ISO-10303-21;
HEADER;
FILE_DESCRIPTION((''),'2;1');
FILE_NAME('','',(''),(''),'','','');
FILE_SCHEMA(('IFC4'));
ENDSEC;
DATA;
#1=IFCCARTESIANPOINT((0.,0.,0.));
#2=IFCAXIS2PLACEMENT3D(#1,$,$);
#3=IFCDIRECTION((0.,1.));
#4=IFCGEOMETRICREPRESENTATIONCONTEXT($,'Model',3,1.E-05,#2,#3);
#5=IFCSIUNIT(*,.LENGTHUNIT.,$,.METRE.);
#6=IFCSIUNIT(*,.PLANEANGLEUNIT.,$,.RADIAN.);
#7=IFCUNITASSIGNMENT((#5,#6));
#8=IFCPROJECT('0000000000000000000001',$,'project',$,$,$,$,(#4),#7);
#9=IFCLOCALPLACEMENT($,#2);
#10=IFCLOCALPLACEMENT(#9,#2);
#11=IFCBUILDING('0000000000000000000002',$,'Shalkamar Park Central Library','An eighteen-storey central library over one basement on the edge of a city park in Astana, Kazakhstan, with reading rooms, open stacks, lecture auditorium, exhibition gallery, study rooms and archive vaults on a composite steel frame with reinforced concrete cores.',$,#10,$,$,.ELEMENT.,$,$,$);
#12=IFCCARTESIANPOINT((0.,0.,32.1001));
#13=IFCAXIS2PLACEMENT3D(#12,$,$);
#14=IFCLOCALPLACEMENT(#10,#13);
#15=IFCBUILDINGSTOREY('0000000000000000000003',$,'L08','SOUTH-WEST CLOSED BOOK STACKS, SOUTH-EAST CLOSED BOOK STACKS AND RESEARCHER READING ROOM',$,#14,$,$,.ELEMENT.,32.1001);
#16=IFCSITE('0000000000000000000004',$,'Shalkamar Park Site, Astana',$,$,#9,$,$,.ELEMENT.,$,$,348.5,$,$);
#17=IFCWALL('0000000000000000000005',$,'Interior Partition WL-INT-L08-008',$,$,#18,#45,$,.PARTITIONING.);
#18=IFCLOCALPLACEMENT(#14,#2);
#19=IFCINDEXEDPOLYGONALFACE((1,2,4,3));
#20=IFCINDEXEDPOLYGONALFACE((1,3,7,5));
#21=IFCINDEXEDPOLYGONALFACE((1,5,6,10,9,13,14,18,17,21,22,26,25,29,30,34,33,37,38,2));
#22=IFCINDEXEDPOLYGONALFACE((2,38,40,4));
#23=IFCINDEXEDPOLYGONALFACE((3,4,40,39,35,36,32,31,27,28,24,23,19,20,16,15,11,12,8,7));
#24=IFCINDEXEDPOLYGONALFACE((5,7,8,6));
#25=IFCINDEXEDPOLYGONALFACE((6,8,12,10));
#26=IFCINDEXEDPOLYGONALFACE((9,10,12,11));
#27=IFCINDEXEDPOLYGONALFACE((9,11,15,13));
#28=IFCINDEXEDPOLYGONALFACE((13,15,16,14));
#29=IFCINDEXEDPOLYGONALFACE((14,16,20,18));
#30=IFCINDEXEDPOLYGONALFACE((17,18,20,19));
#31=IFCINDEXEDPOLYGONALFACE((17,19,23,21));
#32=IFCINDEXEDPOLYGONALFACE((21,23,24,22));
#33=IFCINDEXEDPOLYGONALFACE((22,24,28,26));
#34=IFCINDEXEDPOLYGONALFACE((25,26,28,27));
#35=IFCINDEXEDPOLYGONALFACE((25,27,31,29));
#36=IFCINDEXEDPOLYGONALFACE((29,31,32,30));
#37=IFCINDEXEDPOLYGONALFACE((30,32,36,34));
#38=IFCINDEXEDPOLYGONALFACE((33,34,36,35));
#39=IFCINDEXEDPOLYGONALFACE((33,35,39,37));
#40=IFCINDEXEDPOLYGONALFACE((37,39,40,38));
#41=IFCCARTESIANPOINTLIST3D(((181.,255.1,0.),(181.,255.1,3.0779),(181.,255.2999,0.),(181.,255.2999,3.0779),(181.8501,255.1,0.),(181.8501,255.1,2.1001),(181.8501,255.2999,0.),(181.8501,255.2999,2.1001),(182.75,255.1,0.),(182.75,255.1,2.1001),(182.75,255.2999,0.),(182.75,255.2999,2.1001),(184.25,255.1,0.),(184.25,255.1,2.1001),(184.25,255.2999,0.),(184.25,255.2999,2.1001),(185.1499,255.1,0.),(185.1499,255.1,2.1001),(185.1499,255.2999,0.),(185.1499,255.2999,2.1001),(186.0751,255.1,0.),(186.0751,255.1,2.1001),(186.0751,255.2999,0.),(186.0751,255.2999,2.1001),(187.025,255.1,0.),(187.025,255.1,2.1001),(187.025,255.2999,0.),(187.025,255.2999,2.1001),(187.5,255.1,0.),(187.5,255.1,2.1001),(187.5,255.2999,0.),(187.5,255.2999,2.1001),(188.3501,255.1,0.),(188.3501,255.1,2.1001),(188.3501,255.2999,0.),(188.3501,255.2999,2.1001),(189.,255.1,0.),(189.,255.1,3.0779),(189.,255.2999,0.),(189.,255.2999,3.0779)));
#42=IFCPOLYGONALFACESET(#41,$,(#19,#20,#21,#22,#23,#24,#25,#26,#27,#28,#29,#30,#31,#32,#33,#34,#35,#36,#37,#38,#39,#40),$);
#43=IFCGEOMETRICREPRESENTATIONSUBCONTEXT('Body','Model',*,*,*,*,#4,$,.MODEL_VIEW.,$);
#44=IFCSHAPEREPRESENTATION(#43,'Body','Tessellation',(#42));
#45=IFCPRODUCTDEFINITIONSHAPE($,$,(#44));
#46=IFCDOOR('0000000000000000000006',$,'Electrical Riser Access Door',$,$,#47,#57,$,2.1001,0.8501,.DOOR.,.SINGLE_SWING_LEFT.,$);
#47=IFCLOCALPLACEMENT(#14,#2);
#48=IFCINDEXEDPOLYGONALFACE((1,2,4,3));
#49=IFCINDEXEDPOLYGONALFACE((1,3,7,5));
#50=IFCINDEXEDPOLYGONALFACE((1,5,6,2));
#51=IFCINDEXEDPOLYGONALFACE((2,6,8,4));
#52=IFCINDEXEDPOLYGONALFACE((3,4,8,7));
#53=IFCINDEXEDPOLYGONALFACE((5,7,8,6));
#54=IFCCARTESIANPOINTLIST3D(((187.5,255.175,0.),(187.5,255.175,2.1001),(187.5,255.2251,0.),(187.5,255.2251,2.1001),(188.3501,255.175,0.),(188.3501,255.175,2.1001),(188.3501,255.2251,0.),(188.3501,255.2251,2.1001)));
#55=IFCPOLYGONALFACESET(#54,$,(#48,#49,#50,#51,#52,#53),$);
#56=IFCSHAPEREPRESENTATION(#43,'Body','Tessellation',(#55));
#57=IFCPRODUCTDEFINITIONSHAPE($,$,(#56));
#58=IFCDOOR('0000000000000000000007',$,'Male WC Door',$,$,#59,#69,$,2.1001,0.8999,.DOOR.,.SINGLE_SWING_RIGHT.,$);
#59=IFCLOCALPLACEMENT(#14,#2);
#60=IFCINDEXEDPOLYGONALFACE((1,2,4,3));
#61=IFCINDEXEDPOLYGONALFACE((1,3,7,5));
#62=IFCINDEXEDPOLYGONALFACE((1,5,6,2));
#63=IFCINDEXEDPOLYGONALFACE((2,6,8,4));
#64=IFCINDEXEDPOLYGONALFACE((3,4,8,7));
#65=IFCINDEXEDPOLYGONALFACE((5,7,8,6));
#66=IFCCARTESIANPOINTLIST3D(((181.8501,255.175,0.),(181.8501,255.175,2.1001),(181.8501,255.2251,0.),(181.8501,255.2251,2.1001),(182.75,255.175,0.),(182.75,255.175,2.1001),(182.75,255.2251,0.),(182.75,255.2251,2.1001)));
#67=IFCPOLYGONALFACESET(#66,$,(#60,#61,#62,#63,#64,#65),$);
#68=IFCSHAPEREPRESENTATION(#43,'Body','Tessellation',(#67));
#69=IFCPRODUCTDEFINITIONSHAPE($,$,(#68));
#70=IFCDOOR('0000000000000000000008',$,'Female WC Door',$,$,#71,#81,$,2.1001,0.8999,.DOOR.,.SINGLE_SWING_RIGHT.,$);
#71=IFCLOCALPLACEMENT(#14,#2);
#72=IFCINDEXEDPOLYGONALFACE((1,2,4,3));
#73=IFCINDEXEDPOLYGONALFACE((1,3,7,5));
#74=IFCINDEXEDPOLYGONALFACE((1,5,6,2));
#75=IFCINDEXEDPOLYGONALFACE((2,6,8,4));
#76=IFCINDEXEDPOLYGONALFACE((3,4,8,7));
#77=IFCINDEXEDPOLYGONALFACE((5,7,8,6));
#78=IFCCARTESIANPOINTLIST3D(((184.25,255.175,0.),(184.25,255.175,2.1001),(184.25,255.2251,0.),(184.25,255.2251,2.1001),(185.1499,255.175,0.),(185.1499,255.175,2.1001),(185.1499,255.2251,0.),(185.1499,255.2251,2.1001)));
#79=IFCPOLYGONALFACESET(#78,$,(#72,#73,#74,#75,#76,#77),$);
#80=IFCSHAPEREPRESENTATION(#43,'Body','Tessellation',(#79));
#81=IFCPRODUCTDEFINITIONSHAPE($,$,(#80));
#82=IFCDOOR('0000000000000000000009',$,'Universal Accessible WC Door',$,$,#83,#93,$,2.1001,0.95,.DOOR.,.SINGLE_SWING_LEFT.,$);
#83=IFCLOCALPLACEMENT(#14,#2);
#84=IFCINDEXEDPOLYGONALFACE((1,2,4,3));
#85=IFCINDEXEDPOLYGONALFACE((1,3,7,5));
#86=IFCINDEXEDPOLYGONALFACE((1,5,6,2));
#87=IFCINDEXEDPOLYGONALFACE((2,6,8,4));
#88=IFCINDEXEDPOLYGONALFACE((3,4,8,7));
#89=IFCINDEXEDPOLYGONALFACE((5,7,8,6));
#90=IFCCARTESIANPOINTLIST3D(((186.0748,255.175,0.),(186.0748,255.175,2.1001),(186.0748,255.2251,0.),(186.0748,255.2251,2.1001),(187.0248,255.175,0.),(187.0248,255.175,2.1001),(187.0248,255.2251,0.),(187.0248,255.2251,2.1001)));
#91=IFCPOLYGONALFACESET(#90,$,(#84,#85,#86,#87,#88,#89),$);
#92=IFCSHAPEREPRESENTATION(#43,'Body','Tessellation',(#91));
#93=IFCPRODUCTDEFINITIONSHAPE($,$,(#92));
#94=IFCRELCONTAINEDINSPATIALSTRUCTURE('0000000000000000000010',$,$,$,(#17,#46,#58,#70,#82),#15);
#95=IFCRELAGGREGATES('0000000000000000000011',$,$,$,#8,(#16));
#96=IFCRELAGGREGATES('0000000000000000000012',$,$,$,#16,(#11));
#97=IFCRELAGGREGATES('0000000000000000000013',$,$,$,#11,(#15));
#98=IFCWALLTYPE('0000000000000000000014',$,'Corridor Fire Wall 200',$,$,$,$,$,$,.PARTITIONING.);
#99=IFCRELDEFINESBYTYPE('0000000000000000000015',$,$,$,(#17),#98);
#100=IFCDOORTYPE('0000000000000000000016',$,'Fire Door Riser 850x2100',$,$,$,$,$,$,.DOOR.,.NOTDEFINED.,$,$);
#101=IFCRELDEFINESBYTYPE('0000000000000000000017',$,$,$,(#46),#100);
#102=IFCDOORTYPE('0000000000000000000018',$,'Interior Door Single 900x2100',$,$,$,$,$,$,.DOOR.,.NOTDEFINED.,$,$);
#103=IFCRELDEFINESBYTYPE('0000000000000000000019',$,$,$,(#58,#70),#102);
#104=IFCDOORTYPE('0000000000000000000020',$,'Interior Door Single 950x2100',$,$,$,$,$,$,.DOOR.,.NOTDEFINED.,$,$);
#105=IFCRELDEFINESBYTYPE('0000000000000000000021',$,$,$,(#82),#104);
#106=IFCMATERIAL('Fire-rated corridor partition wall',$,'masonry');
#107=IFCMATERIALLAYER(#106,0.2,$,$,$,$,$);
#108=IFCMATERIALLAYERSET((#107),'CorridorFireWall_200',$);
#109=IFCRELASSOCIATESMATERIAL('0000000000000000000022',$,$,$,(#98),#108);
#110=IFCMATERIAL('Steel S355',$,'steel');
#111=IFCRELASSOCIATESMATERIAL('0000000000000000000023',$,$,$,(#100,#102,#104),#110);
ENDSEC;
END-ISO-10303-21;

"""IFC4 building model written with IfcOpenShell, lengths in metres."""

from ifc_helpers import new_model, si_unit, direction, frame, frame_2d, origin, place, context, subcontext, project, spatial, rectangle, extrude, material, layer, layer_set, type_object, element, fill, save


model = new_model("IFC4")

# Units and contexts
model_context = context("Model", 3, precision=1e-05, world=origin(), true_north=direction((0.0, 1.0)))
body_context = subcontext(model_context, "Body", "Model", "MODEL_VIEW")
ifc_project = project(units=[si_unit("LENGTHUNIT", "METRE"), si_unit("PLANEANGLEUNIT", "RADIAN")], contexts=[model_context])

# Site, building, storey
site_placement = place(None, origin())
site = spatial("IfcSite", under=ifc_project, at=site_placement, Name="Shalkamar Park Site, Astana", CompositionType="ELEMENT", RefElevation=348.5)
building_placement = place(site_placement, origin())
building = spatial("IfcBuilding", under=site, at=building_placement, Name="Shalkamar Park Central Library", Description="An eighteen-storey central library over one basement on the edge of a city park in Astana, Kazakhstan, with reading rooms, open stacks, lecture auditorium, exhibition gallery, study rooms and archive vaults on a composite steel frame with reinforced concrete cores.", CompositionType="ELEMENT")
storey_placement = place(building_placement, frame((0.0, 0.0, 32.1001)))
storey = spatial("IfcBuildingStorey", under=building, at=storey_placement, Name="L08", Description="SOUTH-WEST CLOSED BOOK STACKS, SOUTH-EAST CLOSED BOOK STACKS AND RESEARCHER READING ROOM", CompositionType="ELEMENT", Elevation=32.1001)

# Shared definitions
ifc_material_1 = material(Name="Steel S355", Category="steel")

# Wall, openings, doors
ifc_material_2 = material(Name="Fire-rated corridor partition wall", Category="masonry")
ifc_layer = layer(ifc_material_2, 0.2)
ifc_layer_set = layer_set([ifc_layer], Name="CorridorFireWall_200")
wall_type = type_object("IfcWallType", Name="Corridor Fire Wall 200", PredefinedType="PARTITIONING", material=ifc_layer_set)
wall_placement = place(storey_placement, frame((181.0, 255.2, 0.0), z_axis=(0.0, 0.0, 1.0), x_axis=(1.0, 0.0, 0.0)))
wall = element("IfcWall", 1, at=wall_placement, inside=storey, type_object=wall_type, Name="Interior Partition WL-INT-L08-008", PredefinedType="PARTITIONING", context=body_context, shape_type="SweptSolid", body=[
    extrude(rectangle(XDim=8.0, YDim=0.2, at=frame_2d((4.0, 0.0))), origin(), (0.0, 0.0, 1.0), 3.0779),
])
opening_1_placement = place(wall_placement, frame((0.8501, 0.0, 0.0)))
opening_1 = element("IfcOpeningElement", 2, at=opening_1_placement, cuts=wall, PredefinedType="OPENING", context=body_context, shape_type="SweptSolid", body=[
    extrude(rectangle(XDim=0.8999, YDim=2.1001, at=frame_2d((0.45, 1.05))), frame((0.0, 0.1147, 0.0), z_axis=(0.0, -1.0, 0.0), x_axis=(1.0, 0.0, 0.0)), (0.0, 0.0, 1.0), 0.2297),
])
opening_2_placement = place(wall_placement, frame((3.25, 0.0, 0.0)))
opening_2 = element("IfcOpeningElement", 3, at=opening_2_placement, cuts=wall, PredefinedType="OPENING", context=body_context, shape_type="SweptSolid", body=[
    extrude(rectangle(XDim=0.8999, YDim=2.1001, at=frame_2d((0.45, 1.05))), frame((0.0, 0.1147, 0.0), z_axis=(0.0, -1.0, 0.0), x_axis=(1.0, 0.0, 0.0)), (0.0, 0.0, 1.0), 0.2297),
])
opening_3_placement = place(wall_placement, frame((5.075, 0.0, 0.0)))
opening_3 = element("IfcOpeningElement", 4, at=opening_3_placement, cuts=wall, PredefinedType="OPENING", context=body_context, shape_type="SweptSolid", body=[
    extrude(rectangle(XDim=0.95, YDim=2.1001, at=frame_2d((0.4751, 1.05))), frame((0.0, 0.1147, 0.0), z_axis=(0.0, -1.0, 0.0), x_axis=(1.0, 0.0, 0.0)), (0.0, 0.0, 1.0), 0.2297),
])
opening_4_placement = place(wall_placement, frame((6.5, 0.0, 0.0)))
opening_4 = element("IfcOpeningElement", 5, at=opening_4_placement, cuts=wall, PredefinedType="OPENING", context=body_context, shape_type="SweptSolid", body=[
    extrude(rectangle(XDim=0.8501, YDim=2.1001, at=frame_2d((0.425, 1.05))), frame((0.0, 0.1147, 0.0), z_axis=(0.0, -1.0, 0.0), x_axis=(1.0, 0.0, 0.0)), (0.0, 0.0, 1.0), 0.2297),
])
door_type_1 = type_object("IfcDoorType", Name="Fire Door Riser 850x2100", OperationType="NOTDEFINED", PredefinedType="DOOR", material=ifc_material_1)
door_1_placement = place(opening_4_placement, frame((0.8501, 0.0, 0.0), z_axis=(0.0, 0.0, 1.0), x_axis=(-1.0, 0.0, 0.0)))
door_1 = element("IfcDoor", 6, at=door_1_placement, inside=storey, type_object=door_type_1, Name="Electrical Riser Access Door", OperationType="SINGLE_SWING_LEFT", OverallHeight=2.1001, OverallWidth=0.8501, PredefinedType="DOOR", context=body_context, shape_type="SweptSolid", body=[
    extrude(rectangle(XDim=0.8501, YDim=2.1001, at=frame_2d((0.425, 1.05))), frame((0.0, 0.0249, 0.0), z_axis=(0.0, -1.0, 0.0), x_axis=(1.0, 0.0, 0.0)), (0.0, 0.0, 1.0), 0.05),
])
fill(opening_4, door_1)
door_type_2 = type_object("IfcDoorType", Name="Interior Door Single 900x2100", OperationType="NOTDEFINED", PredefinedType="DOOR", material=ifc_material_1)
door_2_placement = place(opening_1_placement, frame((0.8999, 0.0, 0.0), z_axis=(0.0, 0.0, 1.0), x_axis=(-1.0, 0.0, 0.0)))
door_2 = element("IfcDoor", 7, at=door_2_placement, inside=storey, type_object=door_type_2, Name="Male WC Door", OperationType="SINGLE_SWING_RIGHT", OverallHeight=2.1001, OverallWidth=0.8999, PredefinedType="DOOR", context=body_context, shape_type="SweptSolid", body=[
    extrude(rectangle(XDim=0.8999, YDim=2.1001, at=frame_2d((0.45, 1.05))), frame((0.0, 0.0249, 0.0), z_axis=(0.0, -1.0, 0.0), x_axis=(1.0, 0.0, 0.0)), (0.0, 0.0, 1.0), 0.05),
])
fill(opening_1, door_2)
door_3_placement = place(opening_2_placement, frame((0.8999, 0.0, 0.0), z_axis=(0.0, 0.0, 1.0), x_axis=(-1.0, 0.0, 0.0)))
door_3 = element("IfcDoor", 8, at=door_3_placement, inside=storey, type_object=door_type_2, Name="Female WC Door", OperationType="SINGLE_SWING_RIGHT", OverallHeight=2.1001, OverallWidth=0.8999, PredefinedType="DOOR", context=body_context, shape_type="SweptSolid", body=[
    extrude(rectangle(XDim=0.8999, YDim=2.1001, at=frame_2d((0.45, 1.05))), frame((0.0, 0.0249, 0.0), z_axis=(0.0, -1.0, 0.0), x_axis=(1.0, 0.0, 0.0)), (0.0, 0.0, 1.0), 0.05),
])
fill(opening_2, door_3)
door_type_3 = type_object("IfcDoorType", Name="Interior Door Single 950x2100", OperationType="NOTDEFINED", PredefinedType="DOOR", material=ifc_material_1)
door_4_placement = place(opening_3_placement, frame((0.95, 0.0, 0.0), z_axis=(0.0, 0.0, 1.0), x_axis=(-1.0, 0.0, 0.0)))
door_4 = element("IfcDoor", 9, at=door_4_placement, inside=storey, type_object=door_type_3, Name="Universal Accessible WC Door", OperationType="SINGLE_SWING_LEFT", OverallHeight=2.1001, OverallWidth=0.95, PredefinedType="DOOR", context=body_context, shape_type="SweptSolid", body=[
    extrude(rectangle(XDim=0.95, YDim=2.1001, at=frame_2d((0.4751, 1.05))), frame((0.0, 0.0249, 0.0), z_axis=(0.0, -1.0, 0.0), x_axis=(1.0, 0.0, 0.0)), (0.0, 0.0, 1.0), 0.05),
])
fill(opening_3, door_4)

save(model, "model.ifc")
